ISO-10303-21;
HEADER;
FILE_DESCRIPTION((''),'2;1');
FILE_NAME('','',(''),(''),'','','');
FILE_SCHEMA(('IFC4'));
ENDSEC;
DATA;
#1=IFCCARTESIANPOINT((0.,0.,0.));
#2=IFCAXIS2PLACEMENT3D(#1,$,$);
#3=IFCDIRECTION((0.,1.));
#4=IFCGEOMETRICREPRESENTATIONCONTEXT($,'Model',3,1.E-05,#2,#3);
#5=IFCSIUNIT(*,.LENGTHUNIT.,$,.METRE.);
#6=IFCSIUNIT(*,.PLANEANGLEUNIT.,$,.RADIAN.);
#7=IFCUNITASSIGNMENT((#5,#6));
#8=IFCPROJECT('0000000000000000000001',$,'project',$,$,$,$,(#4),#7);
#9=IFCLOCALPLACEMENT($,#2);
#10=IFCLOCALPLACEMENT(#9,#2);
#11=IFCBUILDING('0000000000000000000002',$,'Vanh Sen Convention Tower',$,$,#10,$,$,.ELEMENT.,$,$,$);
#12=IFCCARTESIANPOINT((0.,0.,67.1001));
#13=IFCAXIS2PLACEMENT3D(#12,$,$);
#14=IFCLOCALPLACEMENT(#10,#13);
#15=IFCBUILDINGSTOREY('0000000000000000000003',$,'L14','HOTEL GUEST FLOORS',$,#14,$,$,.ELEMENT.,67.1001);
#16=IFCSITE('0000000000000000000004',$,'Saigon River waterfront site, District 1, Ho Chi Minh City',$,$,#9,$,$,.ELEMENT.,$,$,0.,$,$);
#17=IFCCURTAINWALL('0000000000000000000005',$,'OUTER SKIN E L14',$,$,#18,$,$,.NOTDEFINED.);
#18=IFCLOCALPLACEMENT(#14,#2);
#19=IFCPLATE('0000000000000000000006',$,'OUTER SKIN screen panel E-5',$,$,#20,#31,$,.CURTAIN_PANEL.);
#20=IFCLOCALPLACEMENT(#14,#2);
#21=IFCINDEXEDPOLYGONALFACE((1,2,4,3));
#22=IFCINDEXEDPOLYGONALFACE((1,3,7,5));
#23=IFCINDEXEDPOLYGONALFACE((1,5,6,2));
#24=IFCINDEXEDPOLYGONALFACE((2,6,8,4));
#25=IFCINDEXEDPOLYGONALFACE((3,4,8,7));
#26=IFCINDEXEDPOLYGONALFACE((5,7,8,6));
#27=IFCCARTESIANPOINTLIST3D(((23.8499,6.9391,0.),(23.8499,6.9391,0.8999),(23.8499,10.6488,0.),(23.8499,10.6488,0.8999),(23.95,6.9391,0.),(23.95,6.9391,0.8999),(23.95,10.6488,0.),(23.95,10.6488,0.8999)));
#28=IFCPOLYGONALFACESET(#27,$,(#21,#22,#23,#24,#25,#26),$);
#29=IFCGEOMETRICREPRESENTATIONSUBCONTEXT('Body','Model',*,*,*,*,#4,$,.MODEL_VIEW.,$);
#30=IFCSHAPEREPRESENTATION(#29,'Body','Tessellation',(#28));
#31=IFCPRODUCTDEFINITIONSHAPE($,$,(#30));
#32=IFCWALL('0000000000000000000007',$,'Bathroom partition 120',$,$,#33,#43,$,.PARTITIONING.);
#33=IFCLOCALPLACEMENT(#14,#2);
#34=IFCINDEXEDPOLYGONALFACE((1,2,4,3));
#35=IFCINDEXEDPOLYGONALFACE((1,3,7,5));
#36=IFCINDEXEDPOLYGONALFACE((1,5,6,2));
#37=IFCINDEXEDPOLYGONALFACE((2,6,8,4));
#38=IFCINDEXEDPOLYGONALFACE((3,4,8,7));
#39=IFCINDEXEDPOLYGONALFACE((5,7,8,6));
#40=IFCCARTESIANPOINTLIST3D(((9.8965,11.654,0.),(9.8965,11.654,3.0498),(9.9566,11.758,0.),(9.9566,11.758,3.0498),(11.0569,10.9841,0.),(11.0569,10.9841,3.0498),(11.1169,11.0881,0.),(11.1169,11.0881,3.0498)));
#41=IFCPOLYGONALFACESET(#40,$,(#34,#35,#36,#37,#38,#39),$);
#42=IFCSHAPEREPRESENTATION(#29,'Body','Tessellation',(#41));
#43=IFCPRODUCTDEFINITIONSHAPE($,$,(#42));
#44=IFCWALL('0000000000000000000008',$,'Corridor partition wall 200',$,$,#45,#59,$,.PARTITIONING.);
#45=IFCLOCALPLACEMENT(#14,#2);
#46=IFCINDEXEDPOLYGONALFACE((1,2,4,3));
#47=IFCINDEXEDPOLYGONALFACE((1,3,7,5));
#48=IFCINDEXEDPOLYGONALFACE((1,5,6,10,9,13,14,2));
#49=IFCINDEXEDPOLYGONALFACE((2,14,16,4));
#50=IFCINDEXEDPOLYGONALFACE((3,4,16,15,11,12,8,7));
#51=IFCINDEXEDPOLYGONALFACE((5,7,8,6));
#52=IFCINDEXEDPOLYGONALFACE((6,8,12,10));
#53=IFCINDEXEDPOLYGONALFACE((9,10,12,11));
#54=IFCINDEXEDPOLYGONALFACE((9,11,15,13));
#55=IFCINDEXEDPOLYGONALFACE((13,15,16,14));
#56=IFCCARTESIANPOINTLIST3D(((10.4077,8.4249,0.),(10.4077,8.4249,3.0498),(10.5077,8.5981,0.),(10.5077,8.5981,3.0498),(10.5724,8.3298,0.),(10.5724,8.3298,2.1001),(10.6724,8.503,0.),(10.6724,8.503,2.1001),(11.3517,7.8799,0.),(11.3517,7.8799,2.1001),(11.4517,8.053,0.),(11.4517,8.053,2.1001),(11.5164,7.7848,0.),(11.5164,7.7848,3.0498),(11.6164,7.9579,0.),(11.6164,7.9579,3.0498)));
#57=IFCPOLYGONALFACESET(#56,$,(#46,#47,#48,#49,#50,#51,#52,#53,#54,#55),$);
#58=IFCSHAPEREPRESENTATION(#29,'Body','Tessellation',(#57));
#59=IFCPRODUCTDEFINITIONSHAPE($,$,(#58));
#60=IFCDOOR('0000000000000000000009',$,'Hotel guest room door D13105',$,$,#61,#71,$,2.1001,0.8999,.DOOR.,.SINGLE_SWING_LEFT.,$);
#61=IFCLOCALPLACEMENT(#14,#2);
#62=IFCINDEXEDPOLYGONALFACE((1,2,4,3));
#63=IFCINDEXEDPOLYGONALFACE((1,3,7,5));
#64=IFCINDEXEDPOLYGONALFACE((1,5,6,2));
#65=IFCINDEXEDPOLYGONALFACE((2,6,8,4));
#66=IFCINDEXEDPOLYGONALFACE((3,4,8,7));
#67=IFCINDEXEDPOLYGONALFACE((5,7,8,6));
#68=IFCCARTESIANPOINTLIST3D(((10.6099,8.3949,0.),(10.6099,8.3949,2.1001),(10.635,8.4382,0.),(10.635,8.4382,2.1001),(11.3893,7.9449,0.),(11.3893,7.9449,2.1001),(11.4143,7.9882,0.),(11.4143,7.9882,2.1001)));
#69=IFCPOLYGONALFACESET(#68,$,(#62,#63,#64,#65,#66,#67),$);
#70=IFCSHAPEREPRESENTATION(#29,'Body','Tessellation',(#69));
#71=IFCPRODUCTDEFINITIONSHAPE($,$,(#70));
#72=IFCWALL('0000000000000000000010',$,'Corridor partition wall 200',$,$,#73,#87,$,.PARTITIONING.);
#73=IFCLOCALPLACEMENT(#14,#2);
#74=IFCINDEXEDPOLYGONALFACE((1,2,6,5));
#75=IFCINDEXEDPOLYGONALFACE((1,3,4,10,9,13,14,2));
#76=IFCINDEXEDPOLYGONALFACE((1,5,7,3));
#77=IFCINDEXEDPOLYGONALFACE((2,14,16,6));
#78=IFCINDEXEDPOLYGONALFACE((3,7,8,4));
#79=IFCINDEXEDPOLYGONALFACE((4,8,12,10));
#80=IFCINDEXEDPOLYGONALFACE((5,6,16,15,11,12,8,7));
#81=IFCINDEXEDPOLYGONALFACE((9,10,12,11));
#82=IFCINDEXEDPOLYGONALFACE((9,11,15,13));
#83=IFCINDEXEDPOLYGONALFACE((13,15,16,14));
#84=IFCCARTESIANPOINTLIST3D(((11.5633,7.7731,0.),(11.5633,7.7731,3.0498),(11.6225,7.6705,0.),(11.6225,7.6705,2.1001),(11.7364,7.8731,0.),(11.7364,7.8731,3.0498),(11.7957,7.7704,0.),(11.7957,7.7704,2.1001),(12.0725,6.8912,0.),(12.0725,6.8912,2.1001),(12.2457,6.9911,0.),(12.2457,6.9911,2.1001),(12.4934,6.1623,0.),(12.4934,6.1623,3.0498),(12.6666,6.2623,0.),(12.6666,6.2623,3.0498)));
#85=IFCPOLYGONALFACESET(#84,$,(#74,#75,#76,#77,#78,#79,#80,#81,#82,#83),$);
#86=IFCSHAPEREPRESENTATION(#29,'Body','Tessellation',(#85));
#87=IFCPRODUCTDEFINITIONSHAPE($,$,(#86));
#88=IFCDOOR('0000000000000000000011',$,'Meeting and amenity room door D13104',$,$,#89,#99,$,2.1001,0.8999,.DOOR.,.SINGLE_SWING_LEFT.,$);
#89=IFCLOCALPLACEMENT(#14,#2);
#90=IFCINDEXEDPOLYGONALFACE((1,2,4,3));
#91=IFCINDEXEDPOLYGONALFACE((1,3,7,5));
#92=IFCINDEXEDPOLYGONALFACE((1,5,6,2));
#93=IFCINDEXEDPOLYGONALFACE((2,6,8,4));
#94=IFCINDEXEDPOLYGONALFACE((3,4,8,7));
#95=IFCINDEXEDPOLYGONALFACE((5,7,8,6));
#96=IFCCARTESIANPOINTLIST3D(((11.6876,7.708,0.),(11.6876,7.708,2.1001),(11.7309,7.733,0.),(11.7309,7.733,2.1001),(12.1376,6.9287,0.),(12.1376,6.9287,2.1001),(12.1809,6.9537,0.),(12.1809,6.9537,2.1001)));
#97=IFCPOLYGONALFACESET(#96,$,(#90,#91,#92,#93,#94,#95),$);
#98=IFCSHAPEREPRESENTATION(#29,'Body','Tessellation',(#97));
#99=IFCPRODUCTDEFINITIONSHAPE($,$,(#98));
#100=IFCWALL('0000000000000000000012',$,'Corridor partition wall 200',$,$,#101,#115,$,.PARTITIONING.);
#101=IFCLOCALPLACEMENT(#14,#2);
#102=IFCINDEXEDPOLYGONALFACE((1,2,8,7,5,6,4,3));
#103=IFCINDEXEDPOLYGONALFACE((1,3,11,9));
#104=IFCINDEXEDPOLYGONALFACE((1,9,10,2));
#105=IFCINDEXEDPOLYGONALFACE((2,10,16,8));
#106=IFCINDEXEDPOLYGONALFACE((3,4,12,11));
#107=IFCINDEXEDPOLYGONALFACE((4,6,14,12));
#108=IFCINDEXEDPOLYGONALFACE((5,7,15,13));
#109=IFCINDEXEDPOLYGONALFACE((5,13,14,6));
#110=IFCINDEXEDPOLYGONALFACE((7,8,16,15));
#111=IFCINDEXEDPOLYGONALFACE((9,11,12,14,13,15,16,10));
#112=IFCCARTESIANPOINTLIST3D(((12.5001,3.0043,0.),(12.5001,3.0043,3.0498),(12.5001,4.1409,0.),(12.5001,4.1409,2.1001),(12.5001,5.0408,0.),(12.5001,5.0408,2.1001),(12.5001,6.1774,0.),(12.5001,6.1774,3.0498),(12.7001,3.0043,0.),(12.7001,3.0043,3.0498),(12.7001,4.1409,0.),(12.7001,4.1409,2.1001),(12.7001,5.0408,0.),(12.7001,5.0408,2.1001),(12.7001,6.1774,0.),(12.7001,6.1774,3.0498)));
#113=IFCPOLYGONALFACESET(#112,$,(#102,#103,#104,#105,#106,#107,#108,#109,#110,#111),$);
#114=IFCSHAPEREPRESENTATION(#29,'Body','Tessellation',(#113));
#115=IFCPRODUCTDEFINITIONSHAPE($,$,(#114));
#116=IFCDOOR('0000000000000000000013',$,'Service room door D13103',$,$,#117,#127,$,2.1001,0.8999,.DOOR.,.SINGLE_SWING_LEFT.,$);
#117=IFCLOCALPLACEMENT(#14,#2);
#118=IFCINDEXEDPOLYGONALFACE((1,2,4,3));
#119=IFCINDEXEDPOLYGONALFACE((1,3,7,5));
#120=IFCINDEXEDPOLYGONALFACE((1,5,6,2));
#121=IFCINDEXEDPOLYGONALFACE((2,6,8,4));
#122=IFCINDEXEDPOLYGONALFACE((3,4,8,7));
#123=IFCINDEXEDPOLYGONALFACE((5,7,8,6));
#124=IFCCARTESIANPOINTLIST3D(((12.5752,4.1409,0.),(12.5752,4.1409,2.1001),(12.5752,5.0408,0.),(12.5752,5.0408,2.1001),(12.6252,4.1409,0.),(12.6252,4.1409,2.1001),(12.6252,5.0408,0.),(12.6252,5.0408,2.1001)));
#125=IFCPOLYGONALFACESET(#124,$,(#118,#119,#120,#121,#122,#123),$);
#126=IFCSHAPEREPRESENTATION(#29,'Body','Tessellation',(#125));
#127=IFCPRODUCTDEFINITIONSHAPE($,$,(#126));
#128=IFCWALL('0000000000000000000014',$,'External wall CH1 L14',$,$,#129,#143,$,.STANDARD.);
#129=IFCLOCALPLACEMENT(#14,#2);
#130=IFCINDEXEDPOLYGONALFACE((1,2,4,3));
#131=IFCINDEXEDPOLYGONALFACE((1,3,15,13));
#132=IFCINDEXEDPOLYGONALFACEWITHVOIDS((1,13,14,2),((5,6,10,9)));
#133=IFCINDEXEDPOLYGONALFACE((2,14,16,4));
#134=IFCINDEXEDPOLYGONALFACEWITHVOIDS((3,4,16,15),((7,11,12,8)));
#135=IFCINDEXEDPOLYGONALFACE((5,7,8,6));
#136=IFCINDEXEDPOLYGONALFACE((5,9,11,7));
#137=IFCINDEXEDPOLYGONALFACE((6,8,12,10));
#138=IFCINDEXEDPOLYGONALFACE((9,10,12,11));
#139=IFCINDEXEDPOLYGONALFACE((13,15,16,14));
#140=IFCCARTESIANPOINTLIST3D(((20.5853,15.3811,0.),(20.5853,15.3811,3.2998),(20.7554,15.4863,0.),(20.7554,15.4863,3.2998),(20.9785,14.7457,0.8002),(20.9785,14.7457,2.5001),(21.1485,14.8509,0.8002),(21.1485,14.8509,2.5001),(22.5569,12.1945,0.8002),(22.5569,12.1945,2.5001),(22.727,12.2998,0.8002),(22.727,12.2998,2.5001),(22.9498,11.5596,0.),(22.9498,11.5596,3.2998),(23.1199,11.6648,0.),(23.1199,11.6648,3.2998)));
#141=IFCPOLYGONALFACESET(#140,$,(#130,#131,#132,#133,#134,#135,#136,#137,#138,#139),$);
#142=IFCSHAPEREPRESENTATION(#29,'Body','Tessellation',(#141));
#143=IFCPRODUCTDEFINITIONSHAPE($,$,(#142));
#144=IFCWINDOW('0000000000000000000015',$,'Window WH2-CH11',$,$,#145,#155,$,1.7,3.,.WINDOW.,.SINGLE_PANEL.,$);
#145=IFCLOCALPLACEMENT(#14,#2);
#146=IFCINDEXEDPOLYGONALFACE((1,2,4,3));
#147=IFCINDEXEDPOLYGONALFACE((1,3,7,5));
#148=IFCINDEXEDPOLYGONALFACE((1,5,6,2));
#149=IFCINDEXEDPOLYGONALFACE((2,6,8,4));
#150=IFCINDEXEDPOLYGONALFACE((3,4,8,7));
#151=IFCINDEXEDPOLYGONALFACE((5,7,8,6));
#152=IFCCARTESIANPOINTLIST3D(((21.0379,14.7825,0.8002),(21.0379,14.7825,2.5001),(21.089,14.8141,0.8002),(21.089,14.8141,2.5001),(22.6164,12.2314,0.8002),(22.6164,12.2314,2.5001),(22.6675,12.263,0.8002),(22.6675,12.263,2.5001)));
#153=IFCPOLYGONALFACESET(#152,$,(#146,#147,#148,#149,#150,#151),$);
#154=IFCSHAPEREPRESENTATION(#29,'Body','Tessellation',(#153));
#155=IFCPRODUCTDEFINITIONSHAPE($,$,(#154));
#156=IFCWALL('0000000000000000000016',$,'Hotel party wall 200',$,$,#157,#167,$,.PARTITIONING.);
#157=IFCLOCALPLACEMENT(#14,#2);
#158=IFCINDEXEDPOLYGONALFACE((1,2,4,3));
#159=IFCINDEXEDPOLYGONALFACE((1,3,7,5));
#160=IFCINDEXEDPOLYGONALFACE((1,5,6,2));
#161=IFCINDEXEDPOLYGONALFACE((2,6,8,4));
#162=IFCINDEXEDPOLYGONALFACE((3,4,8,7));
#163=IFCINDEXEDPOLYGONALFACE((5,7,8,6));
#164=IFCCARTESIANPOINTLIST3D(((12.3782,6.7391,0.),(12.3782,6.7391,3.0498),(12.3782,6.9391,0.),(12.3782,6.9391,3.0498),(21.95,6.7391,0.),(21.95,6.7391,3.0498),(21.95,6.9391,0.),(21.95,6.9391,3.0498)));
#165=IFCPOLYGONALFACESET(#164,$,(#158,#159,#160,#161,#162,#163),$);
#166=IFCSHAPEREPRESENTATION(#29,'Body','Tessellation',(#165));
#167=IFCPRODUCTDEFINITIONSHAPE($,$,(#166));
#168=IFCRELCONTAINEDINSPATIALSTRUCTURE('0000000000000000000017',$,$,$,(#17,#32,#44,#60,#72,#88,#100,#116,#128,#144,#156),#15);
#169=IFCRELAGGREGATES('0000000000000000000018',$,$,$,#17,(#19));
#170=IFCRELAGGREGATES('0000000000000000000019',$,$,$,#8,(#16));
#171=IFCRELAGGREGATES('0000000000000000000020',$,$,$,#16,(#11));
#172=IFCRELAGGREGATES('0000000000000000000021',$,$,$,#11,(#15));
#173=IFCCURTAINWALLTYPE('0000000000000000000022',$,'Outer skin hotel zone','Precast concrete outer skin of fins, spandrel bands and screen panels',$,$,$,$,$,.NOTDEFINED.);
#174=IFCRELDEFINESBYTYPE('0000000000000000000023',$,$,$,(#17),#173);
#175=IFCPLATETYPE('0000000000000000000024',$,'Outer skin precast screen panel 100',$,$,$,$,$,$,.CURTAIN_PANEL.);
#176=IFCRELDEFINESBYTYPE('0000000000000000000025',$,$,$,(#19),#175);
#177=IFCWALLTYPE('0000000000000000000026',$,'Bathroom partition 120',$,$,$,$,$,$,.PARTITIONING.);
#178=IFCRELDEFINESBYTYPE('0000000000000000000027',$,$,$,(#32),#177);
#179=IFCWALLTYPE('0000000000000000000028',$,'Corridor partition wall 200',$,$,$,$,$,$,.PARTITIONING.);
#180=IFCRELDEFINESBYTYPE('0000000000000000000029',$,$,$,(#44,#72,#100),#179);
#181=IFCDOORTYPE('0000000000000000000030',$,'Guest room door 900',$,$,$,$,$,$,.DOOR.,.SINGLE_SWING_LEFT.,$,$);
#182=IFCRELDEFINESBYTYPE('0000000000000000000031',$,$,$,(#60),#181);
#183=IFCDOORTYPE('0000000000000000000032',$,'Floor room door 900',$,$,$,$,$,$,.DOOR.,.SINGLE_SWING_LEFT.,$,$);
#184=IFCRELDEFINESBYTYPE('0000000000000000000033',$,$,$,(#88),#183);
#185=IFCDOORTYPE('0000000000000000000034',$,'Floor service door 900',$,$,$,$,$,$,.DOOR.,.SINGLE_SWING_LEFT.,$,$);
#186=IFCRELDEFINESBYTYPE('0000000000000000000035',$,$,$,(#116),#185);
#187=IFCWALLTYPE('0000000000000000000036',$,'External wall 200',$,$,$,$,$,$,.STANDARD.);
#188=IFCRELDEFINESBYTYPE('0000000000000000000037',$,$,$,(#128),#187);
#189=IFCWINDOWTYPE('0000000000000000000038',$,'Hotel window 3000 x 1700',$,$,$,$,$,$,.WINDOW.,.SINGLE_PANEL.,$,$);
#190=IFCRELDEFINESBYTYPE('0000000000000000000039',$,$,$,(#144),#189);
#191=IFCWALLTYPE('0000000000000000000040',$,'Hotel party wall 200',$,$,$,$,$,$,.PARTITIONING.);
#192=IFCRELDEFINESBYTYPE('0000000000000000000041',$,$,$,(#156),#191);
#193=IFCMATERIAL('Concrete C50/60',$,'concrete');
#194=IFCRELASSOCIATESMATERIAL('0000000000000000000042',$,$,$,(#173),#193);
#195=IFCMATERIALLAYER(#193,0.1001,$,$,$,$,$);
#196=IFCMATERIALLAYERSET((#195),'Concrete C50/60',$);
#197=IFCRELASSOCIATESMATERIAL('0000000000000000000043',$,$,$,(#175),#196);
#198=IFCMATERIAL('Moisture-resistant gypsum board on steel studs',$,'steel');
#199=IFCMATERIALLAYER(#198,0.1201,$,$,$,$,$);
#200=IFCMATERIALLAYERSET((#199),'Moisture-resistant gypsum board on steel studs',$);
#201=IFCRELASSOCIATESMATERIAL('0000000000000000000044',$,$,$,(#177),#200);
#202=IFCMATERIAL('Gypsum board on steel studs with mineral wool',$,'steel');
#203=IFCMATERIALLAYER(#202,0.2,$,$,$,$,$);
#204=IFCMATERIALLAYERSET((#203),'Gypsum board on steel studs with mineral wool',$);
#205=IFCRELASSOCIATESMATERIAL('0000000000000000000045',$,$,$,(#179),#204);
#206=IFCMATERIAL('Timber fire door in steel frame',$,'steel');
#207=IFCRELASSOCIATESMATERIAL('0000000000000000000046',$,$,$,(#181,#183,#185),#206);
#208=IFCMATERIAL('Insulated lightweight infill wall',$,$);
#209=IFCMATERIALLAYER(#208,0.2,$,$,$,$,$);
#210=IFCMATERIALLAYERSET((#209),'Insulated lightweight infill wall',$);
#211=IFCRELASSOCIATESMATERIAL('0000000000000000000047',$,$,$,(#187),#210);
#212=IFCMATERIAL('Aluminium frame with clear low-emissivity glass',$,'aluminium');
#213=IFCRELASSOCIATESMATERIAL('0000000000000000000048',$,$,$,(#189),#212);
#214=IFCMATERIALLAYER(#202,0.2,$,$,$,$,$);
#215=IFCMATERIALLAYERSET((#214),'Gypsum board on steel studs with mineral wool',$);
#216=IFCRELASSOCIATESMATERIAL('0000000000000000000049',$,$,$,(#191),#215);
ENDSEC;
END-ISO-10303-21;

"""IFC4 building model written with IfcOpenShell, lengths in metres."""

from ifc_helpers import new_model, si_unit, direction, frame, frame_2d, origin, origin_2d, place, context, subcontext, project, spatial, rectangle, extrude, material, layer, layer_set, type_object, element, fill, aggregate, save


model = new_model("IFC4")

# Units and contexts
model_context = context("Model", 3, precision=1e-05, world=origin(), true_north=direction((0.0, 1.0)))
body_context = subcontext(model_context, "Body", "Model", "MODEL_VIEW")
ifc_project = project(units=[si_unit("LENGTHUNIT", "METRE"), si_unit("PLANEANGLEUNIT", "RADIAN")], contexts=[model_context])

# Site, building, storey
site_placement = place(None, origin())
site = spatial("IfcSite", under=ifc_project, at=site_placement, Name="Saigon River waterfront site, District 1, Ho Chi Minh City", CompositionType="ELEMENT", RefElevation=0.0)
building_placement = place(site_placement, origin())
building = spatial("IfcBuilding", under=site, at=building_placement, Name="Vanh Sen Convention Tower", CompositionType="ELEMENT")
storey_placement = place(building_placement, frame((0.0, 0.0, 67.1001)))
storey = spatial("IfcBuildingStorey", under=building, at=storey_placement, Name="L14", Description="HOTEL GUEST FLOORS", CompositionType="ELEMENT", Elevation=67.1001)

# Curtain wall
ifc_material_1 = material(Name="Concrete C50/60", Category="concrete")
curtain_wall_type = type_object("IfcCurtainWallType", Name="Outer skin hotel zone", Description="Precast concrete outer skin of fins, spandrel bands and screen panels", PredefinedType="NOTDEFINED", material=ifc_material_1)
curtain_wall_1_placement = place(storey_placement, origin())
curtain_wall_1 = element("IfcCurtainWall", 1, at=curtain_wall_1_placement, inside=storey, type_object=curtain_wall_type, Name="OUTER SKIN E L14", PredefinedType="NOTDEFINED")

# Plate
ifc_layer_1 = layer(ifc_material_1, 0.1001)
ifc_layer_set_1 = layer_set([ifc_layer_1], Name="Concrete C50/60")
plate_type = type_object("IfcPlateType", Name="Outer skin precast screen panel 100", PredefinedType="CURTAIN_PANEL", material=ifc_layer_set_1)
plate_1_placement = place(storey_placement, frame((23.8999, 8.7939, 0.0), z_axis=(0.0, 0.0, 1.0), x_axis=(0.0, 1.0, 0.0)))
plate_1 = element("IfcPlate", 2, at=plate_1_placement, type_object=plate_type, Name="OUTER SKIN screen panel E-5", PredefinedType="CURTAIN_PANEL", context=body_context, shape_type="SweptSolid", body=[
    extrude(rectangle(XDim=3.7097, YDim=0.1001, at=origin_2d()), origin(), (0.0, 0.0, 1.0), 0.8999),
])
aggregate(curtain_wall_1, [plate_1])

# Wall
ifc_material_2 = material(Name="Moisture-resistant gypsum board on steel studs", Category="steel")
ifc_layer_2 = layer(ifc_material_2, 0.1201)
ifc_layer_set_2 = layer_set([ifc_layer_2], Name="Moisture-resistant gypsum board on steel studs")
wall_type_1 = type_object("IfcWallType", Name="Bathroom partition 120", PredefinedType="PARTITIONING", material=ifc_layer_set_2)
wall_1_placement = place(storey_placement, frame((11.0869, 11.0361, 0.0), z_axis=(0.0, 0.0, 1.0), x_axis=(-0.866037, 0.49998, 0.0)))
element("IfcWall", 3, at=wall_1_placement, inside=storey, type_object=wall_type_1, Name="Bathroom partition 120", PredefinedType="PARTITIONING", context=body_context, shape_type="SweptSolid", body=[
    extrude(rectangle(XDim=1.3398, YDim=0.1201, at=frame_2d((0.6699, 0.0))), origin(), (0.0, 0.0, 1.0), 3.0498),
])

# Walls, openings, doors
ifc_material_3 = material(Name="Gypsum board on steel studs with mineral wool", Category="steel")
ifc_layer_3 = layer(ifc_material_3, 0.2)
ifc_layer_set_3 = layer_set([ifc_layer_3], Name="Gypsum board on steel studs with mineral wool")
wall_type_2 = type_object("IfcWallType", Name="Corridor partition wall 200", PredefinedType="PARTITIONING", material=ifc_layer_set_3)
wall_2_placement = place(storey_placement, frame((11.5664, 7.8713, 0.0), z_axis=(0.0, 0.0, 1.0), x_axis=(-0.866005, 0.500036, 0.0)))
wall_2 = element("IfcWall", 4, at=wall_2_placement, inside=storey, type_object=wall_type_2, Name="Corridor partition wall 200", PredefinedType="PARTITIONING", context=body_context, shape_type="SweptSolid", body=[
    extrude(rectangle(XDim=1.2803, YDim=0.2, at=frame_2d((0.6401, 0.0))), origin(), (0.0, 0.0, 1.0), 3.0498),
])
opening_1_placement = place(wall_2_placement, frame((0.1902, 0.0, 0.0)))
opening_1 = element("IfcOpeningElement", 5, at=opening_1_placement, cuts=wall_2, PredefinedType="OPENING", context=body_context, shape_type="SweptSolid", body=[
    extrude(rectangle(XDim=0.8999, YDim=2.1001, at=frame_2d((0.45, 1.05))), frame((0.0, 0.1099, 0.0), z_axis=(0.0, -1.0, 0.0), x_axis=(1.0, 0.0, 0.0)), (0.0, 0.0, 1.0), 0.22),
])
ifc_material_4 = material(Name="Timber fire door in steel frame", Category="steel")
door_type_1 = type_object("IfcDoorType", Name="Guest room door 900", OperationType="SINGLE_SWING_LEFT", PredefinedType="DOOR", material=ifc_material_4)
door_1_placement = place(opening_1_placement, origin())
door_1 = element("IfcDoor", 6, at=door_1_placement, inside=storey, type_object=door_type_1, Name="Hotel guest room door D13105", OperationType="SINGLE_SWING_LEFT", OverallHeight=2.1001, OverallWidth=0.8999, PredefinedType="DOOR", context=body_context, shape_type="SweptSolid", body=[
    extrude(rectangle(XDim=0.8999, YDim=2.1001, at=frame_2d((0.45, 1.05))), frame((0.0, 0.0249, 0.0), z_axis=(0.0, -1.0, 0.0), x_axis=(1.0, 0.0, 0.0)), (0.0, 0.0, 1.0), 0.05),
])
fill(opening_1, door_1)
wall_3_placement = place(storey_placement, frame((12.5801, 6.2122, 0.0), z_axis=(0.0, 0.0, 1.0), x_axis=(-0.500063, 0.865989, 0.0)))
wall_3 = element("IfcWall", 7, at=wall_3_placement, inside=storey, type_object=wall_type_2, Name="Corridor partition wall 200", PredefinedType="PARTITIONING", context=body_context, shape_type="SweptSolid", body=[
    extrude(rectangle(XDim=1.8601, YDim=0.2, at=frame_2d((0.9302, 0.0))), origin(), (0.0, 0.0, 1.0), 3.0498),
])
opening_2_placement = place(wall_3_placement, frame((0.8418, 0.0, 0.0)))
opening_2 = element("IfcOpeningElement", 8, at=opening_2_placement, cuts=wall_3, PredefinedType="OPENING", context=body_context, shape_type="SweptSolid", body=[
    extrude(rectangle(XDim=0.8999, YDim=2.1001, at=frame_2d((0.45, 1.05))), frame((0.0, 0.1099, 0.0), z_axis=(0.0, -1.0, 0.0), x_axis=(1.0, 0.0, 0.0)), (0.0, 0.0, 1.0), 0.22),
])
door_type_2 = type_object("IfcDoorType", Name="Floor room door 900", OperationType="SINGLE_SWING_LEFT", PredefinedType="DOOR", material=ifc_material_4)
door_2_placement = place(opening_2_placement, origin())
door_2 = element("IfcDoor", 9, at=door_2_placement, inside=storey, type_object=door_type_2, Name="Meeting and amenity room door D13104", OperationType="SINGLE_SWING_LEFT", OverallHeight=2.1001, OverallWidth=0.8999, PredefinedType="DOOR", context=body_context, shape_type="SweptSolid", body=[
    extrude(rectangle(XDim=0.8999, YDim=2.1001, at=frame_2d((0.45, 1.05))), frame((0.0, 0.0249, 0.0), z_axis=(0.0, -1.0, 0.0), x_axis=(1.0, 0.0, 0.0)), (0.0, 0.0, 1.0), 0.05),
])
fill(opening_2, door_2)
wall_4_placement = place(storey_placement, frame((12.6001, 3.0044, 0.0), z_axis=(0.0, 0.0, 1.0), x_axis=(0.0, 1.0, 0.0)))
wall_4 = element("IfcWall", 10, at=wall_4_placement, inside=storey, type_object=wall_type_2, Name="Corridor partition wall 200", PredefinedType="PARTITIONING", context=body_context, shape_type="SweptSolid", body=[
    extrude(rectangle(XDim=3.1731, YDim=0.2, at=frame_2d((1.5864, 0.0))), origin(), (0.0, 0.0, 1.0), 3.0498),
])
opening_3_placement = place(wall_4_placement, frame((1.1365, 0.0, 0.0)))
opening_3 = element("IfcOpeningElement", 11, at=opening_3_placement, cuts=wall_4, PredefinedType="OPENING", context=body_context, shape_type="SweptSolid", body=[
    extrude(rectangle(XDim=0.8999, YDim=2.1001, at=frame_2d((0.45, 1.05))), frame((0.0, 0.1099, 0.0), z_axis=(0.0, -1.0, 0.0), x_axis=(1.0, 0.0, 0.0)), (0.0, 0.0, 1.0), 0.22),
])
door_type_3 = type_object("IfcDoorType", Name="Floor service door 900", OperationType="SINGLE_SWING_LEFT", PredefinedType="DOOR", material=ifc_material_4)
door_3_placement = place(opening_3_placement, origin())
door_3 = element("IfcDoor", 12, at=door_3_placement, inside=storey, type_object=door_type_3, Name="Service room door D13103", OperationType="SINGLE_SWING_LEFT", OverallHeight=2.1001, OverallWidth=0.8999, PredefinedType="DOOR", context=body_context, shape_type="SweptSolid", body=[
    extrude(rectangle(XDim=0.8999, YDim=2.1001, at=frame_2d((0.45, 1.05))), frame((0.0, 0.0249, 0.0), z_axis=(0.0, -1.0, 0.0), x_axis=(1.0, 0.0, 0.0)), (0.0, 0.0, 1.0), 0.05),
])
fill(opening_3, door_3)

# Wall, opening, window
ifc_material_5 = material(Name="Insulated lightweight infill wall")
ifc_layer_4 = layer(ifc_material_5, 0.2)
ifc_layer_set_4 = layer_set([ifc_layer_4], Name="Insulated lightweight infill wall")
wall_type_3 = type_object("IfcWallType", Name="External wall 200", PredefinedType="STANDARD", material=ifc_layer_set_4)
wall_5_placement = place(storey_placement, frame((23.0349, 11.6121, 0.0), z_axis=(0.0, 0.0, 1.0), x_axis=(-0.52616, 0.850386, 0.0)))
wall_5 = element("IfcWall", 13, at=wall_5_placement, inside=storey, type_object=wall_type_3, Name="External wall CH1 L14", PredefinedType="STANDARD", context=body_context, shape_type="SweptSolid", body=[
    extrude(rectangle(XDim=4.4939, YDim=0.2, at=frame_2d((2.2471, 0.0))), origin(), (0.0, 0.0, 1.0), 3.2998),
])
opening_4_placement = place(wall_5_placement, frame((0.7468, 0.0, 0.8)))
opening_4 = element("IfcOpeningElement", 14, at=opening_4_placement, cuts=wall_5, PredefinedType="OPENING", context=body_context, shape_type="SweptSolid", body=[
    extrude(rectangle(XDim=3.0, YDim=1.7, at=frame_2d((1.5, 0.8501))), frame((0.0, 0.1099, 0.0), z_axis=(0.0, -1.0, 0.0), x_axis=(1.0, 0.0, 0.0)), (0.0, 0.0, 1.0), 0.22),
])
ifc_material_6 = material(Name="Aluminium frame with clear low-emissivity glass", Category="aluminium")
window_type = type_object("IfcWindowType", Name="Hotel window 3000 x 1700", PartitioningType="SINGLE_PANEL", PredefinedType="WINDOW", material=ifc_material_6)
window_placement = place(opening_4_placement, origin())
window = element("IfcWindow", 15, at=window_placement, inside=storey, type_object=window_type, Name="Window WH2-CH11", OverallHeight=1.7, OverallWidth=3.0, PartitioningType="SINGLE_PANEL", PredefinedType="WINDOW", context=body_context, shape_type="SweptSolid", body=[
    extrude(rectangle(XDim=3.0, YDim=1.7, at=frame_2d((1.5, 0.8501))), frame((0.0, 0.03, 0.0), z_axis=(0.0, -1.0, 0.0), x_axis=(1.0, 0.0, 0.0)), (0.0, 0.0, 1.0), 0.0601),
])
fill(opening_4, window)

# Wall
ifc_layer_5 = layer(ifc_material_3, 0.2)
ifc_layer_set_5 = layer_set([ifc_layer_5], Name="Gypsum board on steel studs with mineral wool")
wall_type_4 = type_object("IfcWallType", Name="Hotel party wall 200", PredefinedType="PARTITIONING", material=ifc_layer_set_5)
wall_6_placement = place(storey_placement, frame((21.95, 6.8391, 0.0), z_axis=(0.0, 0.0, 1.0), x_axis=(-1.0, 0.0, 0.0)))
element("IfcWall", 16, at=wall_6_placement, inside=storey, type_object=wall_type_4, Name="Hotel party wall 200", PredefinedType="PARTITIONING", context=body_context, shape_type="SweptSolid", body=[
    extrude(rectangle(XDim=9.5718, YDim=0.2, at=frame_2d((4.7859, 0.0))), origin(), (0.0, 0.0, 1.0), 3.0498),
])

save(model, "model.ifc")
